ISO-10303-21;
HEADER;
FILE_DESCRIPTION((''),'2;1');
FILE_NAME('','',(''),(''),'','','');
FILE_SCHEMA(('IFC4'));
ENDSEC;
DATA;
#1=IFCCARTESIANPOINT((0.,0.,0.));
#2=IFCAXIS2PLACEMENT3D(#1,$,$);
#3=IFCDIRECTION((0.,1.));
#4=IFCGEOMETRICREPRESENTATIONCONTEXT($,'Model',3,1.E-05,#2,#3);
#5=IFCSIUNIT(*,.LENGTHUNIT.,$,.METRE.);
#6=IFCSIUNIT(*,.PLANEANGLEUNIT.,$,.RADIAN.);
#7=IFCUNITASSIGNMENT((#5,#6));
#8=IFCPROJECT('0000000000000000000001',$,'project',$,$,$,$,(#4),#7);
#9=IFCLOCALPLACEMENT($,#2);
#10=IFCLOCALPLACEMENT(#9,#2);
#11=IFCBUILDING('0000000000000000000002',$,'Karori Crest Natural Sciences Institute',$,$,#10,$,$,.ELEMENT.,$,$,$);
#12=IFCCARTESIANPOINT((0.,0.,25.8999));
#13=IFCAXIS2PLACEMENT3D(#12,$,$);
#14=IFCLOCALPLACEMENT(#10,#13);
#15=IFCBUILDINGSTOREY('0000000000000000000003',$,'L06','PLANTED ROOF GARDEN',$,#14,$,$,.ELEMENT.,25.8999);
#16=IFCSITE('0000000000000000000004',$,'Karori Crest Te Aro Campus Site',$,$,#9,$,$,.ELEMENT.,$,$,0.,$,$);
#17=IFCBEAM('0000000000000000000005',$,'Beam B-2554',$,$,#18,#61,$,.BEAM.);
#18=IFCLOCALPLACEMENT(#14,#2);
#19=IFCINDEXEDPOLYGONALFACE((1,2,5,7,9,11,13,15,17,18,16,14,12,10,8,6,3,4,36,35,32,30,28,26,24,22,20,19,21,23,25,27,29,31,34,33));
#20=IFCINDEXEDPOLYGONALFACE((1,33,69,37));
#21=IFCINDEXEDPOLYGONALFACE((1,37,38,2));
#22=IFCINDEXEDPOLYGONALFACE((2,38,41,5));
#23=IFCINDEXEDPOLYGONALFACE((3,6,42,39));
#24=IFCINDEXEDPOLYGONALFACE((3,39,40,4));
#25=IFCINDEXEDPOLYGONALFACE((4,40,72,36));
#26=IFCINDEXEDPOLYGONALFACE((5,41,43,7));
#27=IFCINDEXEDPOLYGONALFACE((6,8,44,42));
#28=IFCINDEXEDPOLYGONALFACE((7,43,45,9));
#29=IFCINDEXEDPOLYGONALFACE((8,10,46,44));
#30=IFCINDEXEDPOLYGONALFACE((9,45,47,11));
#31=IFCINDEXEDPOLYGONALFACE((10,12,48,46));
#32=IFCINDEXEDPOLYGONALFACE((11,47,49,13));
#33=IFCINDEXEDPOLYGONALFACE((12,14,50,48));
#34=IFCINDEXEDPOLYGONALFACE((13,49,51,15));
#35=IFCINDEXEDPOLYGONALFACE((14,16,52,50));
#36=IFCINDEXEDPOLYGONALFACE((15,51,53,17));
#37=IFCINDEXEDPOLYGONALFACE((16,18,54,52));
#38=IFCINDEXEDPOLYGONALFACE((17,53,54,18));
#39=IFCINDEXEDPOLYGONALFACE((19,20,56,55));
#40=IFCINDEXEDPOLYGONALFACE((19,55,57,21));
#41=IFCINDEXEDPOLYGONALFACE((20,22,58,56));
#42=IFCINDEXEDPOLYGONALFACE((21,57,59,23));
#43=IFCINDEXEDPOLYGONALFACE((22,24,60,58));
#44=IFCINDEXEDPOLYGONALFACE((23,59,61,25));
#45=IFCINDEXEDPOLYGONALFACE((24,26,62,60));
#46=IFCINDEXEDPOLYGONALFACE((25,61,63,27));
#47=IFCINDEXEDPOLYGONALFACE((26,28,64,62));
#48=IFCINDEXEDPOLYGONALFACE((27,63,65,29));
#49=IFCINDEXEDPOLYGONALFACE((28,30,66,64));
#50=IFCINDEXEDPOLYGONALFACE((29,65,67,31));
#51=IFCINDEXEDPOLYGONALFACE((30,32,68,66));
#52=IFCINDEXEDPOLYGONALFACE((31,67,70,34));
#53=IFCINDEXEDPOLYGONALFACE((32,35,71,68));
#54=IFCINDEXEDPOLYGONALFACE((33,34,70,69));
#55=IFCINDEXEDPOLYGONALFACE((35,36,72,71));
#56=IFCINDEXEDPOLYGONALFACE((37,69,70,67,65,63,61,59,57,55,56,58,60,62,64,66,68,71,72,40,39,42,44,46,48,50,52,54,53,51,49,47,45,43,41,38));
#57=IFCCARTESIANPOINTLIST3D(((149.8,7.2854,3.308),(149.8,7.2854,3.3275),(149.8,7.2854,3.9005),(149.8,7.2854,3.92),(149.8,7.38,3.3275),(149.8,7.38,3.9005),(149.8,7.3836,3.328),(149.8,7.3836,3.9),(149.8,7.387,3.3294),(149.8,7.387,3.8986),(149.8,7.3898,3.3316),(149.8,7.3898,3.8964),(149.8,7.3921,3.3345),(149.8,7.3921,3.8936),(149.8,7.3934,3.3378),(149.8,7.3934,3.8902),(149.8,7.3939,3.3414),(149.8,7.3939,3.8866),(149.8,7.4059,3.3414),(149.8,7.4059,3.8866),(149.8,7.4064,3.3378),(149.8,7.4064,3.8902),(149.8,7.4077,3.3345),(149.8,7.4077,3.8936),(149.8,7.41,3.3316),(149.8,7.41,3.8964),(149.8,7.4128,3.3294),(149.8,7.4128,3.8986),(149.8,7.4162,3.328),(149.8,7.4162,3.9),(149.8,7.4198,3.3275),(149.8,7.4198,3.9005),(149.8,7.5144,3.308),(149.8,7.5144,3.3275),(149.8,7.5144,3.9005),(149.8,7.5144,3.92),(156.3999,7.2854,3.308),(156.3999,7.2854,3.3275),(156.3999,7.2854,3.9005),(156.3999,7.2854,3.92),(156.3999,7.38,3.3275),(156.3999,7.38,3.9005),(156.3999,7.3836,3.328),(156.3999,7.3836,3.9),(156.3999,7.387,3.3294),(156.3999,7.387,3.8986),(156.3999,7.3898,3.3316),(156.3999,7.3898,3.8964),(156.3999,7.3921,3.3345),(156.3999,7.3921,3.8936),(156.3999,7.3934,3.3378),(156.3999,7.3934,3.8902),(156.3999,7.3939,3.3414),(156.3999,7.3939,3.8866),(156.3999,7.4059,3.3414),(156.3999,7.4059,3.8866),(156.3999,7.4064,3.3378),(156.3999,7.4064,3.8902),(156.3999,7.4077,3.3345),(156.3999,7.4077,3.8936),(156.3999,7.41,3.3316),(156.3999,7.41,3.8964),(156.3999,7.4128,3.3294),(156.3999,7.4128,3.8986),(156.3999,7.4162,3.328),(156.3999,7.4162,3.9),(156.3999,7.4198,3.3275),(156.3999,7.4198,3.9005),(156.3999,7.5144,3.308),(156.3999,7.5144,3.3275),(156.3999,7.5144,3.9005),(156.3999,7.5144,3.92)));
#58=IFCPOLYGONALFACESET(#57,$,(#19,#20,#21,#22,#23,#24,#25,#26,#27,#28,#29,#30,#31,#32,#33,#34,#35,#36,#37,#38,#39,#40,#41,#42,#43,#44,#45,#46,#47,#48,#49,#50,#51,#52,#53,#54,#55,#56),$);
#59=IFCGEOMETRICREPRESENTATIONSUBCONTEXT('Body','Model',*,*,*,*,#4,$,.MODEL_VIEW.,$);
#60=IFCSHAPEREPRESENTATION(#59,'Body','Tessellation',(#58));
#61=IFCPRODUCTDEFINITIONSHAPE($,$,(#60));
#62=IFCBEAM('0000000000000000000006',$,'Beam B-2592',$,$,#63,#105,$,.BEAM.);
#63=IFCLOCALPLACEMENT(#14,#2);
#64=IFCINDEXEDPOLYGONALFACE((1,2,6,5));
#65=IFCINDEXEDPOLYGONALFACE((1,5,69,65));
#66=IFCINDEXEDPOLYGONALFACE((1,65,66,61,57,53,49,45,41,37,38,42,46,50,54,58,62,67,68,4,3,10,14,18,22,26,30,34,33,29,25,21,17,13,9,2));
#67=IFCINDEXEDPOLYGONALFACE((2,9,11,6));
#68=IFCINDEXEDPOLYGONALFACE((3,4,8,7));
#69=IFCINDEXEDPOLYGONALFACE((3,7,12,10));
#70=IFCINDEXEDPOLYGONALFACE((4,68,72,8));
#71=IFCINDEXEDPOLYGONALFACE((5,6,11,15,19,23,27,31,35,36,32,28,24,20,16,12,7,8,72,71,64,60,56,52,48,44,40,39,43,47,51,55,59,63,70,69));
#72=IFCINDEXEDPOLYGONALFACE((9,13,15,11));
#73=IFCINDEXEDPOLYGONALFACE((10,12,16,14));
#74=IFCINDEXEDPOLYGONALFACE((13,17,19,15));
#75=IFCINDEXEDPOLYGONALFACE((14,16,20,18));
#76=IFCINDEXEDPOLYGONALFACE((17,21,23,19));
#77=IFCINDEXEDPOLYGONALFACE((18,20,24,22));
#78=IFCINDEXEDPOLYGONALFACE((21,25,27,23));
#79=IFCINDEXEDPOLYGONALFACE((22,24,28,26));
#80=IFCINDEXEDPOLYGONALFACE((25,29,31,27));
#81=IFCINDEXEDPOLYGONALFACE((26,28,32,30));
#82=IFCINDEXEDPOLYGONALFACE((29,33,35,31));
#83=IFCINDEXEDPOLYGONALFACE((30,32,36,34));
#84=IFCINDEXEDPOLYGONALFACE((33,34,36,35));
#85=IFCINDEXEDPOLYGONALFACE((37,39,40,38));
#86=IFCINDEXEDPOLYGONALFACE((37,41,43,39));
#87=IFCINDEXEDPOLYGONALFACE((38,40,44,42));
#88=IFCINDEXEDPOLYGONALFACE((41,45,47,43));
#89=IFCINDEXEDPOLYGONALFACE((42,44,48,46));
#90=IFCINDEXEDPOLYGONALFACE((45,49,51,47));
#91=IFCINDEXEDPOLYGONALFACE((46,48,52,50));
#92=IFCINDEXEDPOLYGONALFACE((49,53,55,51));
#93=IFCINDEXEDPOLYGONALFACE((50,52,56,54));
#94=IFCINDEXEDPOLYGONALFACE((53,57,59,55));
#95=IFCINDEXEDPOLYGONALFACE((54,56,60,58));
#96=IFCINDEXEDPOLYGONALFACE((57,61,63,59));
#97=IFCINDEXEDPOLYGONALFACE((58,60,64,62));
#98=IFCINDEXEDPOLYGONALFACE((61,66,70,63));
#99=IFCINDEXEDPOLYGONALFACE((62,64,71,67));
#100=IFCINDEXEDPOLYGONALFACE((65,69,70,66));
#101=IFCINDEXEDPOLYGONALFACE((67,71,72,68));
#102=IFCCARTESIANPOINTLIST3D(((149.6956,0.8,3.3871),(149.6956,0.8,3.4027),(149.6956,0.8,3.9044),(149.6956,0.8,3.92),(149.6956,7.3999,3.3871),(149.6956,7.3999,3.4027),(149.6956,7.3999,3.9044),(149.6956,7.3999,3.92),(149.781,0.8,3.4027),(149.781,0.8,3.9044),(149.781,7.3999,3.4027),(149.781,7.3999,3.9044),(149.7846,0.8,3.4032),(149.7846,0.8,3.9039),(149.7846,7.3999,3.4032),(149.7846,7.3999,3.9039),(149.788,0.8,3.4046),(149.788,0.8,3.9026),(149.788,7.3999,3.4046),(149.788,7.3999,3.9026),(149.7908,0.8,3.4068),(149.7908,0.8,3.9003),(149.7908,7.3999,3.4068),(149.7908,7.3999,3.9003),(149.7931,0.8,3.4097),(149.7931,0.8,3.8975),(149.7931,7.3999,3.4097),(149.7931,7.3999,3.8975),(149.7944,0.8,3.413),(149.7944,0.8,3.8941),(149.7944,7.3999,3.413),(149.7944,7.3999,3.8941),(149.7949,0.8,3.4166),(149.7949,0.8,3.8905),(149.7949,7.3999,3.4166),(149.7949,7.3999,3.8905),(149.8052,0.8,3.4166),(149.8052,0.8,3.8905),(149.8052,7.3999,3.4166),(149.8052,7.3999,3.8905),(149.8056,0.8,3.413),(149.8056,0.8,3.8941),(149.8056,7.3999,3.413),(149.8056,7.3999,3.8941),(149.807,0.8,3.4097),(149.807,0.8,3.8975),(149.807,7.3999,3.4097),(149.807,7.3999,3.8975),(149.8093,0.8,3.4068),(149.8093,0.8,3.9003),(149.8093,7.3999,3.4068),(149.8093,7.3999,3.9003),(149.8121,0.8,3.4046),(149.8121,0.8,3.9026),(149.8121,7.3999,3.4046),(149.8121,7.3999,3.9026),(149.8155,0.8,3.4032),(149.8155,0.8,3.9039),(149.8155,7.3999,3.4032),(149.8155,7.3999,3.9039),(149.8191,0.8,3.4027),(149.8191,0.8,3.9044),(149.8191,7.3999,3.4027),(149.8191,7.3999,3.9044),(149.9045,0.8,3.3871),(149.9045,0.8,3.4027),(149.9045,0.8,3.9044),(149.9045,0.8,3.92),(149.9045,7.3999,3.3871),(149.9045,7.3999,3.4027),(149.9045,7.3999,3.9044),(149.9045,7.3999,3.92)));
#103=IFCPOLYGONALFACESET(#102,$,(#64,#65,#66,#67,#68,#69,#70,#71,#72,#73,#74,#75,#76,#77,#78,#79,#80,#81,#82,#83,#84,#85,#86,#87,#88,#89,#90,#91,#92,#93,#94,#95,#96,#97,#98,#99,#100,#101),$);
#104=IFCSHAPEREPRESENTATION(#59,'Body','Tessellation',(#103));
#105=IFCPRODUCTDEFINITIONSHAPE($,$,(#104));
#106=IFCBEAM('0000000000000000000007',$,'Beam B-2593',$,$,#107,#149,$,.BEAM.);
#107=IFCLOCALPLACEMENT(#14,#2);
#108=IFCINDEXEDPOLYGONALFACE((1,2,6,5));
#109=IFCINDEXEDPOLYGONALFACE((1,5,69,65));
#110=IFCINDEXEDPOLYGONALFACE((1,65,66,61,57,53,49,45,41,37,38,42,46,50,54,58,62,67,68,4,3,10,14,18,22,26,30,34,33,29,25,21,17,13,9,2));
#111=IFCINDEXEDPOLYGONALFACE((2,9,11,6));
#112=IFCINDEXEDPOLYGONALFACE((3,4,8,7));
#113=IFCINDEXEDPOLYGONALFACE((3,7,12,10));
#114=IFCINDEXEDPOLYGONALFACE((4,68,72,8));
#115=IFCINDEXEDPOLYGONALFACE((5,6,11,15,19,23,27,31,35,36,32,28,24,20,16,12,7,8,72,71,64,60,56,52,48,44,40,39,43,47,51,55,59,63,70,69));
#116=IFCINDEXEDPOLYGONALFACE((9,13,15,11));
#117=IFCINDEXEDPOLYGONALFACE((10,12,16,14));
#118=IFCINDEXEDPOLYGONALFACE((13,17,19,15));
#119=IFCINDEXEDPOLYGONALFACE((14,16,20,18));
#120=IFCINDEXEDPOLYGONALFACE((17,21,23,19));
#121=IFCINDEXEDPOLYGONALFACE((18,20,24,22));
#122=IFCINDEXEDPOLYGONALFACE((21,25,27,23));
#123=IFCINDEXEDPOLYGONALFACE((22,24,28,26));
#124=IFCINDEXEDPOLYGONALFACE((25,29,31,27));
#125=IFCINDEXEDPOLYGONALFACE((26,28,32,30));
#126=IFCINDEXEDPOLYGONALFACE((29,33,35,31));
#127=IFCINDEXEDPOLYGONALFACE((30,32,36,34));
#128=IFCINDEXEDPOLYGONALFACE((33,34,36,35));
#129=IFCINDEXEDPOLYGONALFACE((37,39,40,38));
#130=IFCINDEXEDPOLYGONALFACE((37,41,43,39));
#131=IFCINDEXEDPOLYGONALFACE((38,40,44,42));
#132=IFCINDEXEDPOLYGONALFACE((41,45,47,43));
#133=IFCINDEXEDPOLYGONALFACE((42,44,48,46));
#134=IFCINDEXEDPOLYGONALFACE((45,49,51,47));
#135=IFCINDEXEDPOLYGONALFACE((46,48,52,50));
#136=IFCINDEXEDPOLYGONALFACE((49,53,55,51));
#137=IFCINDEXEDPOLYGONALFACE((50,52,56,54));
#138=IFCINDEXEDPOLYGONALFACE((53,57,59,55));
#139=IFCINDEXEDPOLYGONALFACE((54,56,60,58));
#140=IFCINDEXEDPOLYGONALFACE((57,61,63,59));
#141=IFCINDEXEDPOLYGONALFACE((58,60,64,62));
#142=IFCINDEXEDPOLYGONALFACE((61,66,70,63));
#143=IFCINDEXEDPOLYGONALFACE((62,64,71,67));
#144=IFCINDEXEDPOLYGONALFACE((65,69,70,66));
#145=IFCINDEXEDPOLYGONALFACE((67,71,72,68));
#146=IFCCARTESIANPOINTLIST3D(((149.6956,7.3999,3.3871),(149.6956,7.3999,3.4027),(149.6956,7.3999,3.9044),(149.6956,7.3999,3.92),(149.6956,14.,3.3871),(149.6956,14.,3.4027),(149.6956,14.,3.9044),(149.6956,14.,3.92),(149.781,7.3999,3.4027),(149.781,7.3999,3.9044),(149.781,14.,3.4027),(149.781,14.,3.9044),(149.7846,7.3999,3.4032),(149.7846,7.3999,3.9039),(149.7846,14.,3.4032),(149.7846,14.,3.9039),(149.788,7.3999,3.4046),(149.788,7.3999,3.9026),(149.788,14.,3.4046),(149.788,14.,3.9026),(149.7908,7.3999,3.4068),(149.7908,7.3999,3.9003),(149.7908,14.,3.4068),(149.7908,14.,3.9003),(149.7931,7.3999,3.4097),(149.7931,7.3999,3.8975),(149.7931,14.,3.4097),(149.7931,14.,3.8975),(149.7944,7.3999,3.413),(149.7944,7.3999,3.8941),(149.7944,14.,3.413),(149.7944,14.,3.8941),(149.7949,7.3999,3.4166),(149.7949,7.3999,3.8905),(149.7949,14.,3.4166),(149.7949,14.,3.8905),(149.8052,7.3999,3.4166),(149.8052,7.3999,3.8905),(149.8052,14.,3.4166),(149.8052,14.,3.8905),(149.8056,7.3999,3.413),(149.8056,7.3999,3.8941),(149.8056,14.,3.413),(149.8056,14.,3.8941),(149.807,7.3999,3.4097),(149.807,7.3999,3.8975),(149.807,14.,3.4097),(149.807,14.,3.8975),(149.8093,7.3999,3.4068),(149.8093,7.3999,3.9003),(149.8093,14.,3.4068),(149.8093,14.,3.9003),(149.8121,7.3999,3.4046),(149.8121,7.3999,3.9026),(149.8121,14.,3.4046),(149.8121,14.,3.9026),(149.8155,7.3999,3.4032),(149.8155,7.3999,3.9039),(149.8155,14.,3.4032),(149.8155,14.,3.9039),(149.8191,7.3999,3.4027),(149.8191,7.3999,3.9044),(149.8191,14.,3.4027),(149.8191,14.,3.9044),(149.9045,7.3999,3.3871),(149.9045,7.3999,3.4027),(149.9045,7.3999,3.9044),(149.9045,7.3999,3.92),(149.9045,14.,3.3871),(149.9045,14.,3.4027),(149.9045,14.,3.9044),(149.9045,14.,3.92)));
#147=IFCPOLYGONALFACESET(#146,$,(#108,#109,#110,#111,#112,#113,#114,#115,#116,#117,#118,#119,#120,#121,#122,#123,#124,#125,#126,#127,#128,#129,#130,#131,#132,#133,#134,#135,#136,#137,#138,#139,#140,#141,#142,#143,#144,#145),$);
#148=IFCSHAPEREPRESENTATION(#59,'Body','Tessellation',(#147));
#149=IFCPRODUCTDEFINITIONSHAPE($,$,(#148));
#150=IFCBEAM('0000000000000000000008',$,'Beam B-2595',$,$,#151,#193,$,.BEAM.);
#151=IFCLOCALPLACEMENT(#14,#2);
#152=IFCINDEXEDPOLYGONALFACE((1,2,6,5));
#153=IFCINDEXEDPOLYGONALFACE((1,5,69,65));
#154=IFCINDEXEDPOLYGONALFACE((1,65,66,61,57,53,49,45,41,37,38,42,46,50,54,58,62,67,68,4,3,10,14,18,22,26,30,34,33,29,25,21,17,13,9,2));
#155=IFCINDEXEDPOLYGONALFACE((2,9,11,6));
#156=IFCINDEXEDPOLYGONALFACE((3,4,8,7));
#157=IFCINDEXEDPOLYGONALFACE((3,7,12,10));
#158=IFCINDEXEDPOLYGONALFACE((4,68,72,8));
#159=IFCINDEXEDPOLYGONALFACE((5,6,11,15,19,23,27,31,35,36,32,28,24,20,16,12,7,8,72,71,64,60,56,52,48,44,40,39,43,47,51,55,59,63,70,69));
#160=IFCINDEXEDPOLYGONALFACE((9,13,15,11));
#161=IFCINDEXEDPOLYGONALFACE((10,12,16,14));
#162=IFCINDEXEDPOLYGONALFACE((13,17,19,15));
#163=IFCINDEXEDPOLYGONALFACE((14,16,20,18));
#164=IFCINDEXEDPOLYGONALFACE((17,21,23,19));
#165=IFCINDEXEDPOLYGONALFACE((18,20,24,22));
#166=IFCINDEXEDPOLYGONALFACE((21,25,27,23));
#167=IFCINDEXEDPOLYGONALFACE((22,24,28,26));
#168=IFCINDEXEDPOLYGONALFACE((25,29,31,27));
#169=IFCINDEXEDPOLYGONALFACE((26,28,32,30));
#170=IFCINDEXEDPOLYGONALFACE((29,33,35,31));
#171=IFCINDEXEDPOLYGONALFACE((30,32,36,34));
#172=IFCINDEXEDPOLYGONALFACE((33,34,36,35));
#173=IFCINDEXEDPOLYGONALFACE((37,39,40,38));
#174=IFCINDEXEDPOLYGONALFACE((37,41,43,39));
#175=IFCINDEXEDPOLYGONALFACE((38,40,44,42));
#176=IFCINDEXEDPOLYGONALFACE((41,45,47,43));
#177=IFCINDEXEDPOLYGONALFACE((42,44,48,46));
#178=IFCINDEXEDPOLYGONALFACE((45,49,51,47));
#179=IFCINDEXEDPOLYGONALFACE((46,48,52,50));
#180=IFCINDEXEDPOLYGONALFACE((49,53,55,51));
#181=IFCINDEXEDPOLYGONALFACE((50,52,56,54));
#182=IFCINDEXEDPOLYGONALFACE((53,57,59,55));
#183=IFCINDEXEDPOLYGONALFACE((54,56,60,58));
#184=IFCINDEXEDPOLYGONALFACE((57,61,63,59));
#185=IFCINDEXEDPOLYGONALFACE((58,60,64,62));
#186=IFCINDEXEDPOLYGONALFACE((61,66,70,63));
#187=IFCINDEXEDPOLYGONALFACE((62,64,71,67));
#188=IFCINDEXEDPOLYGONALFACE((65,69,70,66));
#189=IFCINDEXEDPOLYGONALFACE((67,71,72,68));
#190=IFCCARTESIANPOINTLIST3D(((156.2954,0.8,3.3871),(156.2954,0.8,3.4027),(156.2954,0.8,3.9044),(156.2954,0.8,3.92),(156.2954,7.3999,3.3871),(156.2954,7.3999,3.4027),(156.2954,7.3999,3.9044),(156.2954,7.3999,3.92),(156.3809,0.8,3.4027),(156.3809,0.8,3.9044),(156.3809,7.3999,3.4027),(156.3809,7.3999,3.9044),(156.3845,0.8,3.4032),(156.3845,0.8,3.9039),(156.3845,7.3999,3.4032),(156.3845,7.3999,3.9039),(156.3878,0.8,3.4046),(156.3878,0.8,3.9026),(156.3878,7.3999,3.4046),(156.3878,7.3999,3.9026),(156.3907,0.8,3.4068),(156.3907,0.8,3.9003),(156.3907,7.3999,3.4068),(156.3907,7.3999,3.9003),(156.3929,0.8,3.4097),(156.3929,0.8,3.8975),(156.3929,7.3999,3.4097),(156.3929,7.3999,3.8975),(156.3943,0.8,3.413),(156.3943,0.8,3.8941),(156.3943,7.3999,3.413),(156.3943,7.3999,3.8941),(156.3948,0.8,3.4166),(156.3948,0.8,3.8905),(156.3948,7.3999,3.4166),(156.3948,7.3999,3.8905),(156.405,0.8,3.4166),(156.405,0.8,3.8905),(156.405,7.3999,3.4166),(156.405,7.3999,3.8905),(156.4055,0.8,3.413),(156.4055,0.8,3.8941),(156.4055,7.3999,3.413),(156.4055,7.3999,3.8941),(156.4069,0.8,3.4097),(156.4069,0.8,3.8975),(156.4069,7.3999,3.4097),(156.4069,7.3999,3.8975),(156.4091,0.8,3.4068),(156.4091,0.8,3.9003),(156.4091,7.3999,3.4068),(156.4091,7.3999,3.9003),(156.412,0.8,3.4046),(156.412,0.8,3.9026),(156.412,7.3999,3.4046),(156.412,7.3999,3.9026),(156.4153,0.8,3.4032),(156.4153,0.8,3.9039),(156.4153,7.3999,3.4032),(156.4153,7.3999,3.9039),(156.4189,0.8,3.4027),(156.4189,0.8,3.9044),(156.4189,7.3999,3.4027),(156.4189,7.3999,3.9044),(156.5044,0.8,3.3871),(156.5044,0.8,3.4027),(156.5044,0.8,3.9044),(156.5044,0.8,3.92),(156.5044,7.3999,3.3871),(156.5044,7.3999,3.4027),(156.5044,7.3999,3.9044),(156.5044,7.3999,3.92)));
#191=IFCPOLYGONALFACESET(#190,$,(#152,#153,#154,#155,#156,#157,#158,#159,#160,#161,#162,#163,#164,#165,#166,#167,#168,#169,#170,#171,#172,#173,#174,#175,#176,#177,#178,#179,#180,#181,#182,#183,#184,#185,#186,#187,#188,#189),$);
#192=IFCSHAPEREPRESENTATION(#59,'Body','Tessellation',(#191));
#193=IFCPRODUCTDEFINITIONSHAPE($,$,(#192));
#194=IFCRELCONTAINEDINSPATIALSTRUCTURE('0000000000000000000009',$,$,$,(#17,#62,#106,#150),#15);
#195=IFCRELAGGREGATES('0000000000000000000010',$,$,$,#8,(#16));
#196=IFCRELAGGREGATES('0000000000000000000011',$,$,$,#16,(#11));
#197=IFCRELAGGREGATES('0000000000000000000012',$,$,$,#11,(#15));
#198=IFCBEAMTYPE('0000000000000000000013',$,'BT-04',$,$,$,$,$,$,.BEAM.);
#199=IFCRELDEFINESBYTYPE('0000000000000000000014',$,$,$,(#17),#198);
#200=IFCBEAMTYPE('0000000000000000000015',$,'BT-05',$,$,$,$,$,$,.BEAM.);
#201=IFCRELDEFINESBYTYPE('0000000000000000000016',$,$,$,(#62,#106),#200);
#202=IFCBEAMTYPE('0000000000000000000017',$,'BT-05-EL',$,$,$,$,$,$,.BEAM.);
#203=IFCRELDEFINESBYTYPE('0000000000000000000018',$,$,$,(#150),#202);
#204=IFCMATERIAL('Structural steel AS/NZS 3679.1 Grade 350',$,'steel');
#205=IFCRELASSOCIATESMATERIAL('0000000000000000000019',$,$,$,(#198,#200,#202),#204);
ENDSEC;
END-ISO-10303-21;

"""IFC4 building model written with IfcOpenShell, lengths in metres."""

from ifc_helpers import new_model, si_unit, direction, frame, origin, origin_2d, place, context, subcontext, project, spatial, i_section, extrude, material, material_profile, profile_set, type_object, element, save


model = new_model("IFC4")

# Units and contexts
model_context = context("Model", 3, precision=1e-05, world=origin(), true_north=direction((0.0, 1.0)))
body_context = subcontext(model_context, "Body", "Model", "MODEL_VIEW")
ifc_project = project(units=[si_unit("LENGTHUNIT", "METRE"), si_unit("PLANEANGLEUNIT", "RADIAN")], contexts=[model_context])

# Site, building, storey
site_placement = place(None, origin())
site = spatial("IfcSite", under=ifc_project, at=site_placement, Name="Karori Crest Te Aro Campus Site", CompositionType="ELEMENT", RefElevation=0.0)
building_placement = place(site_placement, origin())
building = spatial("IfcBuilding", under=site, at=building_placement, Name="Karori Crest Natural Sciences Institute", CompositionType="ELEMENT")
storey_placement = place(building_placement, frame((0.0, 0.0, 25.8999)))
storey = spatial("IfcBuildingStorey", under=building, at=storey_placement, Name="L06", Description="PLANTED ROOF GARDEN", CompositionType="ELEMENT", Elevation=25.8999)

# Shared definitions
ifc_material_1 = material(Name="Structural steel AS/NZS 3679.1 Grade 350", Category="steel")

# Beams
ifc_material_profile_1 = material_profile(ifc_material_1, i_section(OverallWidth=0.229, OverallDepth=0.6121, WebThickness=0.012, FlangeThickness=0.0195, FilletRadius=0.0139, at=origin_2d()), Name="610UB125")
ifc_profile_set_1 = profile_set([ifc_material_profile_1], Name="Structural steel AS/NZS 3679.1 Grade 350")
beam_type_1 = type_object("IfcBeamType", Name="BT-04", PredefinedType="BEAM", material=ifc_profile_set_1)
beam_1_placement = place(storey_placement, frame((149.8, 7.3999, 3.614), z_axis=(1.0, 0.0, 0.0), x_axis=(0.0, 1.0, 0.0)))
element("IfcBeam", 1, at=beam_1_placement, inside=storey, type_object=beam_type_1, Name="Beam B-2554", PredefinedType="BEAM", context=body_context, shape_type="SweptSolid", body=[
    extrude(i_section(OverallWidth=0.229, OverallDepth=0.6121, WebThickness=0.012, FlangeThickness=0.0195, FilletRadius=0.0139, at=origin_2d()), origin(), (0.0, 0.0, 1.0), 6.5999),
])
ifc_material_profile_2 = material_profile(ifc_material_1, i_section(OverallWidth=0.209, OverallDepth=0.533, WebThickness=0.0103, FlangeThickness=0.0156, FilletRadius=0.0139, at=origin_2d()), Name="530UB92.4")
ifc_profile_set_2 = profile_set([ifc_material_profile_2], Name="Structural steel AS/NZS 3679.1 Grade 350")
beam_type_2 = type_object("IfcBeamType", Name="BT-05", PredefinedType="BEAM", material=ifc_profile_set_2)
beam_2_placement = place(storey_placement, frame((149.8, 0.8, 3.6536), z_axis=(0.0, 1.0, 0.0), x_axis=(-1.0, 0.0, 0.0)))
element("IfcBeam", 2, at=beam_2_placement, inside=storey, type_object=beam_type_2, Name="Beam B-2592", PredefinedType="BEAM", context=body_context, shape_type="SweptSolid", body=[
    extrude(i_section(OverallWidth=0.209, OverallDepth=0.533, WebThickness=0.0103, FlangeThickness=0.0156, FilletRadius=0.0139, at=origin_2d()), origin(), (0.0, 0.0, 1.0), 6.5999),
])
beam_3_placement = place(storey_placement, frame((149.8, 7.3999, 3.6536), z_axis=(0.0, 1.0, 0.0), x_axis=(-1.0, 0.0, 0.0)))
element("IfcBeam", 3, at=beam_3_placement, inside=storey, type_object=beam_type_2, Name="Beam B-2593", PredefinedType="BEAM", context=body_context, shape_type="SweptSolid", body=[
    extrude(i_section(OverallWidth=0.209, OverallDepth=0.533, WebThickness=0.0103, FlangeThickness=0.0156, FilletRadius=0.0139, at=origin_2d()), origin(), (0.0, 0.0, 1.0), 6.6001),
])
ifc_material_profile_3 = material_profile(ifc_material_1, i_section(OverallWidth=0.209, OverallDepth=0.533, WebThickness=0.0103, FlangeThickness=0.0156, FilletRadius=0.0139, at=origin_2d()), Name="530UB92.4")
ifc_profile_set_3 = profile_set([ifc_material_profile_3], Name="Structural steel AS/NZS 3679.1 Grade 350")
beam_type_3 = type_object("IfcBeamType", Name="BT-05-EL", PredefinedType="BEAM", material=ifc_profile_set_3)
beam_4_placement = place(storey_placement, frame((156.3999, 0.8, 3.6536), z_axis=(0.0, 1.0, 0.0), x_axis=(-1.0, 0.0, 0.0)))
element("IfcBeam", 4, at=beam_4_placement, inside=storey, type_object=beam_type_3, Name="Beam B-2595", PredefinedType="BEAM", context=body_context, shape_type="SweptSolid", body=[
    extrude(i_section(OverallWidth=0.209, OverallDepth=0.533, WebThickness=0.0103, FlangeThickness=0.0156, FilletRadius=0.0139, at=origin_2d()), origin(), (0.0, 0.0, 1.0), 6.5999),
])

save(model, "model.ifc")
